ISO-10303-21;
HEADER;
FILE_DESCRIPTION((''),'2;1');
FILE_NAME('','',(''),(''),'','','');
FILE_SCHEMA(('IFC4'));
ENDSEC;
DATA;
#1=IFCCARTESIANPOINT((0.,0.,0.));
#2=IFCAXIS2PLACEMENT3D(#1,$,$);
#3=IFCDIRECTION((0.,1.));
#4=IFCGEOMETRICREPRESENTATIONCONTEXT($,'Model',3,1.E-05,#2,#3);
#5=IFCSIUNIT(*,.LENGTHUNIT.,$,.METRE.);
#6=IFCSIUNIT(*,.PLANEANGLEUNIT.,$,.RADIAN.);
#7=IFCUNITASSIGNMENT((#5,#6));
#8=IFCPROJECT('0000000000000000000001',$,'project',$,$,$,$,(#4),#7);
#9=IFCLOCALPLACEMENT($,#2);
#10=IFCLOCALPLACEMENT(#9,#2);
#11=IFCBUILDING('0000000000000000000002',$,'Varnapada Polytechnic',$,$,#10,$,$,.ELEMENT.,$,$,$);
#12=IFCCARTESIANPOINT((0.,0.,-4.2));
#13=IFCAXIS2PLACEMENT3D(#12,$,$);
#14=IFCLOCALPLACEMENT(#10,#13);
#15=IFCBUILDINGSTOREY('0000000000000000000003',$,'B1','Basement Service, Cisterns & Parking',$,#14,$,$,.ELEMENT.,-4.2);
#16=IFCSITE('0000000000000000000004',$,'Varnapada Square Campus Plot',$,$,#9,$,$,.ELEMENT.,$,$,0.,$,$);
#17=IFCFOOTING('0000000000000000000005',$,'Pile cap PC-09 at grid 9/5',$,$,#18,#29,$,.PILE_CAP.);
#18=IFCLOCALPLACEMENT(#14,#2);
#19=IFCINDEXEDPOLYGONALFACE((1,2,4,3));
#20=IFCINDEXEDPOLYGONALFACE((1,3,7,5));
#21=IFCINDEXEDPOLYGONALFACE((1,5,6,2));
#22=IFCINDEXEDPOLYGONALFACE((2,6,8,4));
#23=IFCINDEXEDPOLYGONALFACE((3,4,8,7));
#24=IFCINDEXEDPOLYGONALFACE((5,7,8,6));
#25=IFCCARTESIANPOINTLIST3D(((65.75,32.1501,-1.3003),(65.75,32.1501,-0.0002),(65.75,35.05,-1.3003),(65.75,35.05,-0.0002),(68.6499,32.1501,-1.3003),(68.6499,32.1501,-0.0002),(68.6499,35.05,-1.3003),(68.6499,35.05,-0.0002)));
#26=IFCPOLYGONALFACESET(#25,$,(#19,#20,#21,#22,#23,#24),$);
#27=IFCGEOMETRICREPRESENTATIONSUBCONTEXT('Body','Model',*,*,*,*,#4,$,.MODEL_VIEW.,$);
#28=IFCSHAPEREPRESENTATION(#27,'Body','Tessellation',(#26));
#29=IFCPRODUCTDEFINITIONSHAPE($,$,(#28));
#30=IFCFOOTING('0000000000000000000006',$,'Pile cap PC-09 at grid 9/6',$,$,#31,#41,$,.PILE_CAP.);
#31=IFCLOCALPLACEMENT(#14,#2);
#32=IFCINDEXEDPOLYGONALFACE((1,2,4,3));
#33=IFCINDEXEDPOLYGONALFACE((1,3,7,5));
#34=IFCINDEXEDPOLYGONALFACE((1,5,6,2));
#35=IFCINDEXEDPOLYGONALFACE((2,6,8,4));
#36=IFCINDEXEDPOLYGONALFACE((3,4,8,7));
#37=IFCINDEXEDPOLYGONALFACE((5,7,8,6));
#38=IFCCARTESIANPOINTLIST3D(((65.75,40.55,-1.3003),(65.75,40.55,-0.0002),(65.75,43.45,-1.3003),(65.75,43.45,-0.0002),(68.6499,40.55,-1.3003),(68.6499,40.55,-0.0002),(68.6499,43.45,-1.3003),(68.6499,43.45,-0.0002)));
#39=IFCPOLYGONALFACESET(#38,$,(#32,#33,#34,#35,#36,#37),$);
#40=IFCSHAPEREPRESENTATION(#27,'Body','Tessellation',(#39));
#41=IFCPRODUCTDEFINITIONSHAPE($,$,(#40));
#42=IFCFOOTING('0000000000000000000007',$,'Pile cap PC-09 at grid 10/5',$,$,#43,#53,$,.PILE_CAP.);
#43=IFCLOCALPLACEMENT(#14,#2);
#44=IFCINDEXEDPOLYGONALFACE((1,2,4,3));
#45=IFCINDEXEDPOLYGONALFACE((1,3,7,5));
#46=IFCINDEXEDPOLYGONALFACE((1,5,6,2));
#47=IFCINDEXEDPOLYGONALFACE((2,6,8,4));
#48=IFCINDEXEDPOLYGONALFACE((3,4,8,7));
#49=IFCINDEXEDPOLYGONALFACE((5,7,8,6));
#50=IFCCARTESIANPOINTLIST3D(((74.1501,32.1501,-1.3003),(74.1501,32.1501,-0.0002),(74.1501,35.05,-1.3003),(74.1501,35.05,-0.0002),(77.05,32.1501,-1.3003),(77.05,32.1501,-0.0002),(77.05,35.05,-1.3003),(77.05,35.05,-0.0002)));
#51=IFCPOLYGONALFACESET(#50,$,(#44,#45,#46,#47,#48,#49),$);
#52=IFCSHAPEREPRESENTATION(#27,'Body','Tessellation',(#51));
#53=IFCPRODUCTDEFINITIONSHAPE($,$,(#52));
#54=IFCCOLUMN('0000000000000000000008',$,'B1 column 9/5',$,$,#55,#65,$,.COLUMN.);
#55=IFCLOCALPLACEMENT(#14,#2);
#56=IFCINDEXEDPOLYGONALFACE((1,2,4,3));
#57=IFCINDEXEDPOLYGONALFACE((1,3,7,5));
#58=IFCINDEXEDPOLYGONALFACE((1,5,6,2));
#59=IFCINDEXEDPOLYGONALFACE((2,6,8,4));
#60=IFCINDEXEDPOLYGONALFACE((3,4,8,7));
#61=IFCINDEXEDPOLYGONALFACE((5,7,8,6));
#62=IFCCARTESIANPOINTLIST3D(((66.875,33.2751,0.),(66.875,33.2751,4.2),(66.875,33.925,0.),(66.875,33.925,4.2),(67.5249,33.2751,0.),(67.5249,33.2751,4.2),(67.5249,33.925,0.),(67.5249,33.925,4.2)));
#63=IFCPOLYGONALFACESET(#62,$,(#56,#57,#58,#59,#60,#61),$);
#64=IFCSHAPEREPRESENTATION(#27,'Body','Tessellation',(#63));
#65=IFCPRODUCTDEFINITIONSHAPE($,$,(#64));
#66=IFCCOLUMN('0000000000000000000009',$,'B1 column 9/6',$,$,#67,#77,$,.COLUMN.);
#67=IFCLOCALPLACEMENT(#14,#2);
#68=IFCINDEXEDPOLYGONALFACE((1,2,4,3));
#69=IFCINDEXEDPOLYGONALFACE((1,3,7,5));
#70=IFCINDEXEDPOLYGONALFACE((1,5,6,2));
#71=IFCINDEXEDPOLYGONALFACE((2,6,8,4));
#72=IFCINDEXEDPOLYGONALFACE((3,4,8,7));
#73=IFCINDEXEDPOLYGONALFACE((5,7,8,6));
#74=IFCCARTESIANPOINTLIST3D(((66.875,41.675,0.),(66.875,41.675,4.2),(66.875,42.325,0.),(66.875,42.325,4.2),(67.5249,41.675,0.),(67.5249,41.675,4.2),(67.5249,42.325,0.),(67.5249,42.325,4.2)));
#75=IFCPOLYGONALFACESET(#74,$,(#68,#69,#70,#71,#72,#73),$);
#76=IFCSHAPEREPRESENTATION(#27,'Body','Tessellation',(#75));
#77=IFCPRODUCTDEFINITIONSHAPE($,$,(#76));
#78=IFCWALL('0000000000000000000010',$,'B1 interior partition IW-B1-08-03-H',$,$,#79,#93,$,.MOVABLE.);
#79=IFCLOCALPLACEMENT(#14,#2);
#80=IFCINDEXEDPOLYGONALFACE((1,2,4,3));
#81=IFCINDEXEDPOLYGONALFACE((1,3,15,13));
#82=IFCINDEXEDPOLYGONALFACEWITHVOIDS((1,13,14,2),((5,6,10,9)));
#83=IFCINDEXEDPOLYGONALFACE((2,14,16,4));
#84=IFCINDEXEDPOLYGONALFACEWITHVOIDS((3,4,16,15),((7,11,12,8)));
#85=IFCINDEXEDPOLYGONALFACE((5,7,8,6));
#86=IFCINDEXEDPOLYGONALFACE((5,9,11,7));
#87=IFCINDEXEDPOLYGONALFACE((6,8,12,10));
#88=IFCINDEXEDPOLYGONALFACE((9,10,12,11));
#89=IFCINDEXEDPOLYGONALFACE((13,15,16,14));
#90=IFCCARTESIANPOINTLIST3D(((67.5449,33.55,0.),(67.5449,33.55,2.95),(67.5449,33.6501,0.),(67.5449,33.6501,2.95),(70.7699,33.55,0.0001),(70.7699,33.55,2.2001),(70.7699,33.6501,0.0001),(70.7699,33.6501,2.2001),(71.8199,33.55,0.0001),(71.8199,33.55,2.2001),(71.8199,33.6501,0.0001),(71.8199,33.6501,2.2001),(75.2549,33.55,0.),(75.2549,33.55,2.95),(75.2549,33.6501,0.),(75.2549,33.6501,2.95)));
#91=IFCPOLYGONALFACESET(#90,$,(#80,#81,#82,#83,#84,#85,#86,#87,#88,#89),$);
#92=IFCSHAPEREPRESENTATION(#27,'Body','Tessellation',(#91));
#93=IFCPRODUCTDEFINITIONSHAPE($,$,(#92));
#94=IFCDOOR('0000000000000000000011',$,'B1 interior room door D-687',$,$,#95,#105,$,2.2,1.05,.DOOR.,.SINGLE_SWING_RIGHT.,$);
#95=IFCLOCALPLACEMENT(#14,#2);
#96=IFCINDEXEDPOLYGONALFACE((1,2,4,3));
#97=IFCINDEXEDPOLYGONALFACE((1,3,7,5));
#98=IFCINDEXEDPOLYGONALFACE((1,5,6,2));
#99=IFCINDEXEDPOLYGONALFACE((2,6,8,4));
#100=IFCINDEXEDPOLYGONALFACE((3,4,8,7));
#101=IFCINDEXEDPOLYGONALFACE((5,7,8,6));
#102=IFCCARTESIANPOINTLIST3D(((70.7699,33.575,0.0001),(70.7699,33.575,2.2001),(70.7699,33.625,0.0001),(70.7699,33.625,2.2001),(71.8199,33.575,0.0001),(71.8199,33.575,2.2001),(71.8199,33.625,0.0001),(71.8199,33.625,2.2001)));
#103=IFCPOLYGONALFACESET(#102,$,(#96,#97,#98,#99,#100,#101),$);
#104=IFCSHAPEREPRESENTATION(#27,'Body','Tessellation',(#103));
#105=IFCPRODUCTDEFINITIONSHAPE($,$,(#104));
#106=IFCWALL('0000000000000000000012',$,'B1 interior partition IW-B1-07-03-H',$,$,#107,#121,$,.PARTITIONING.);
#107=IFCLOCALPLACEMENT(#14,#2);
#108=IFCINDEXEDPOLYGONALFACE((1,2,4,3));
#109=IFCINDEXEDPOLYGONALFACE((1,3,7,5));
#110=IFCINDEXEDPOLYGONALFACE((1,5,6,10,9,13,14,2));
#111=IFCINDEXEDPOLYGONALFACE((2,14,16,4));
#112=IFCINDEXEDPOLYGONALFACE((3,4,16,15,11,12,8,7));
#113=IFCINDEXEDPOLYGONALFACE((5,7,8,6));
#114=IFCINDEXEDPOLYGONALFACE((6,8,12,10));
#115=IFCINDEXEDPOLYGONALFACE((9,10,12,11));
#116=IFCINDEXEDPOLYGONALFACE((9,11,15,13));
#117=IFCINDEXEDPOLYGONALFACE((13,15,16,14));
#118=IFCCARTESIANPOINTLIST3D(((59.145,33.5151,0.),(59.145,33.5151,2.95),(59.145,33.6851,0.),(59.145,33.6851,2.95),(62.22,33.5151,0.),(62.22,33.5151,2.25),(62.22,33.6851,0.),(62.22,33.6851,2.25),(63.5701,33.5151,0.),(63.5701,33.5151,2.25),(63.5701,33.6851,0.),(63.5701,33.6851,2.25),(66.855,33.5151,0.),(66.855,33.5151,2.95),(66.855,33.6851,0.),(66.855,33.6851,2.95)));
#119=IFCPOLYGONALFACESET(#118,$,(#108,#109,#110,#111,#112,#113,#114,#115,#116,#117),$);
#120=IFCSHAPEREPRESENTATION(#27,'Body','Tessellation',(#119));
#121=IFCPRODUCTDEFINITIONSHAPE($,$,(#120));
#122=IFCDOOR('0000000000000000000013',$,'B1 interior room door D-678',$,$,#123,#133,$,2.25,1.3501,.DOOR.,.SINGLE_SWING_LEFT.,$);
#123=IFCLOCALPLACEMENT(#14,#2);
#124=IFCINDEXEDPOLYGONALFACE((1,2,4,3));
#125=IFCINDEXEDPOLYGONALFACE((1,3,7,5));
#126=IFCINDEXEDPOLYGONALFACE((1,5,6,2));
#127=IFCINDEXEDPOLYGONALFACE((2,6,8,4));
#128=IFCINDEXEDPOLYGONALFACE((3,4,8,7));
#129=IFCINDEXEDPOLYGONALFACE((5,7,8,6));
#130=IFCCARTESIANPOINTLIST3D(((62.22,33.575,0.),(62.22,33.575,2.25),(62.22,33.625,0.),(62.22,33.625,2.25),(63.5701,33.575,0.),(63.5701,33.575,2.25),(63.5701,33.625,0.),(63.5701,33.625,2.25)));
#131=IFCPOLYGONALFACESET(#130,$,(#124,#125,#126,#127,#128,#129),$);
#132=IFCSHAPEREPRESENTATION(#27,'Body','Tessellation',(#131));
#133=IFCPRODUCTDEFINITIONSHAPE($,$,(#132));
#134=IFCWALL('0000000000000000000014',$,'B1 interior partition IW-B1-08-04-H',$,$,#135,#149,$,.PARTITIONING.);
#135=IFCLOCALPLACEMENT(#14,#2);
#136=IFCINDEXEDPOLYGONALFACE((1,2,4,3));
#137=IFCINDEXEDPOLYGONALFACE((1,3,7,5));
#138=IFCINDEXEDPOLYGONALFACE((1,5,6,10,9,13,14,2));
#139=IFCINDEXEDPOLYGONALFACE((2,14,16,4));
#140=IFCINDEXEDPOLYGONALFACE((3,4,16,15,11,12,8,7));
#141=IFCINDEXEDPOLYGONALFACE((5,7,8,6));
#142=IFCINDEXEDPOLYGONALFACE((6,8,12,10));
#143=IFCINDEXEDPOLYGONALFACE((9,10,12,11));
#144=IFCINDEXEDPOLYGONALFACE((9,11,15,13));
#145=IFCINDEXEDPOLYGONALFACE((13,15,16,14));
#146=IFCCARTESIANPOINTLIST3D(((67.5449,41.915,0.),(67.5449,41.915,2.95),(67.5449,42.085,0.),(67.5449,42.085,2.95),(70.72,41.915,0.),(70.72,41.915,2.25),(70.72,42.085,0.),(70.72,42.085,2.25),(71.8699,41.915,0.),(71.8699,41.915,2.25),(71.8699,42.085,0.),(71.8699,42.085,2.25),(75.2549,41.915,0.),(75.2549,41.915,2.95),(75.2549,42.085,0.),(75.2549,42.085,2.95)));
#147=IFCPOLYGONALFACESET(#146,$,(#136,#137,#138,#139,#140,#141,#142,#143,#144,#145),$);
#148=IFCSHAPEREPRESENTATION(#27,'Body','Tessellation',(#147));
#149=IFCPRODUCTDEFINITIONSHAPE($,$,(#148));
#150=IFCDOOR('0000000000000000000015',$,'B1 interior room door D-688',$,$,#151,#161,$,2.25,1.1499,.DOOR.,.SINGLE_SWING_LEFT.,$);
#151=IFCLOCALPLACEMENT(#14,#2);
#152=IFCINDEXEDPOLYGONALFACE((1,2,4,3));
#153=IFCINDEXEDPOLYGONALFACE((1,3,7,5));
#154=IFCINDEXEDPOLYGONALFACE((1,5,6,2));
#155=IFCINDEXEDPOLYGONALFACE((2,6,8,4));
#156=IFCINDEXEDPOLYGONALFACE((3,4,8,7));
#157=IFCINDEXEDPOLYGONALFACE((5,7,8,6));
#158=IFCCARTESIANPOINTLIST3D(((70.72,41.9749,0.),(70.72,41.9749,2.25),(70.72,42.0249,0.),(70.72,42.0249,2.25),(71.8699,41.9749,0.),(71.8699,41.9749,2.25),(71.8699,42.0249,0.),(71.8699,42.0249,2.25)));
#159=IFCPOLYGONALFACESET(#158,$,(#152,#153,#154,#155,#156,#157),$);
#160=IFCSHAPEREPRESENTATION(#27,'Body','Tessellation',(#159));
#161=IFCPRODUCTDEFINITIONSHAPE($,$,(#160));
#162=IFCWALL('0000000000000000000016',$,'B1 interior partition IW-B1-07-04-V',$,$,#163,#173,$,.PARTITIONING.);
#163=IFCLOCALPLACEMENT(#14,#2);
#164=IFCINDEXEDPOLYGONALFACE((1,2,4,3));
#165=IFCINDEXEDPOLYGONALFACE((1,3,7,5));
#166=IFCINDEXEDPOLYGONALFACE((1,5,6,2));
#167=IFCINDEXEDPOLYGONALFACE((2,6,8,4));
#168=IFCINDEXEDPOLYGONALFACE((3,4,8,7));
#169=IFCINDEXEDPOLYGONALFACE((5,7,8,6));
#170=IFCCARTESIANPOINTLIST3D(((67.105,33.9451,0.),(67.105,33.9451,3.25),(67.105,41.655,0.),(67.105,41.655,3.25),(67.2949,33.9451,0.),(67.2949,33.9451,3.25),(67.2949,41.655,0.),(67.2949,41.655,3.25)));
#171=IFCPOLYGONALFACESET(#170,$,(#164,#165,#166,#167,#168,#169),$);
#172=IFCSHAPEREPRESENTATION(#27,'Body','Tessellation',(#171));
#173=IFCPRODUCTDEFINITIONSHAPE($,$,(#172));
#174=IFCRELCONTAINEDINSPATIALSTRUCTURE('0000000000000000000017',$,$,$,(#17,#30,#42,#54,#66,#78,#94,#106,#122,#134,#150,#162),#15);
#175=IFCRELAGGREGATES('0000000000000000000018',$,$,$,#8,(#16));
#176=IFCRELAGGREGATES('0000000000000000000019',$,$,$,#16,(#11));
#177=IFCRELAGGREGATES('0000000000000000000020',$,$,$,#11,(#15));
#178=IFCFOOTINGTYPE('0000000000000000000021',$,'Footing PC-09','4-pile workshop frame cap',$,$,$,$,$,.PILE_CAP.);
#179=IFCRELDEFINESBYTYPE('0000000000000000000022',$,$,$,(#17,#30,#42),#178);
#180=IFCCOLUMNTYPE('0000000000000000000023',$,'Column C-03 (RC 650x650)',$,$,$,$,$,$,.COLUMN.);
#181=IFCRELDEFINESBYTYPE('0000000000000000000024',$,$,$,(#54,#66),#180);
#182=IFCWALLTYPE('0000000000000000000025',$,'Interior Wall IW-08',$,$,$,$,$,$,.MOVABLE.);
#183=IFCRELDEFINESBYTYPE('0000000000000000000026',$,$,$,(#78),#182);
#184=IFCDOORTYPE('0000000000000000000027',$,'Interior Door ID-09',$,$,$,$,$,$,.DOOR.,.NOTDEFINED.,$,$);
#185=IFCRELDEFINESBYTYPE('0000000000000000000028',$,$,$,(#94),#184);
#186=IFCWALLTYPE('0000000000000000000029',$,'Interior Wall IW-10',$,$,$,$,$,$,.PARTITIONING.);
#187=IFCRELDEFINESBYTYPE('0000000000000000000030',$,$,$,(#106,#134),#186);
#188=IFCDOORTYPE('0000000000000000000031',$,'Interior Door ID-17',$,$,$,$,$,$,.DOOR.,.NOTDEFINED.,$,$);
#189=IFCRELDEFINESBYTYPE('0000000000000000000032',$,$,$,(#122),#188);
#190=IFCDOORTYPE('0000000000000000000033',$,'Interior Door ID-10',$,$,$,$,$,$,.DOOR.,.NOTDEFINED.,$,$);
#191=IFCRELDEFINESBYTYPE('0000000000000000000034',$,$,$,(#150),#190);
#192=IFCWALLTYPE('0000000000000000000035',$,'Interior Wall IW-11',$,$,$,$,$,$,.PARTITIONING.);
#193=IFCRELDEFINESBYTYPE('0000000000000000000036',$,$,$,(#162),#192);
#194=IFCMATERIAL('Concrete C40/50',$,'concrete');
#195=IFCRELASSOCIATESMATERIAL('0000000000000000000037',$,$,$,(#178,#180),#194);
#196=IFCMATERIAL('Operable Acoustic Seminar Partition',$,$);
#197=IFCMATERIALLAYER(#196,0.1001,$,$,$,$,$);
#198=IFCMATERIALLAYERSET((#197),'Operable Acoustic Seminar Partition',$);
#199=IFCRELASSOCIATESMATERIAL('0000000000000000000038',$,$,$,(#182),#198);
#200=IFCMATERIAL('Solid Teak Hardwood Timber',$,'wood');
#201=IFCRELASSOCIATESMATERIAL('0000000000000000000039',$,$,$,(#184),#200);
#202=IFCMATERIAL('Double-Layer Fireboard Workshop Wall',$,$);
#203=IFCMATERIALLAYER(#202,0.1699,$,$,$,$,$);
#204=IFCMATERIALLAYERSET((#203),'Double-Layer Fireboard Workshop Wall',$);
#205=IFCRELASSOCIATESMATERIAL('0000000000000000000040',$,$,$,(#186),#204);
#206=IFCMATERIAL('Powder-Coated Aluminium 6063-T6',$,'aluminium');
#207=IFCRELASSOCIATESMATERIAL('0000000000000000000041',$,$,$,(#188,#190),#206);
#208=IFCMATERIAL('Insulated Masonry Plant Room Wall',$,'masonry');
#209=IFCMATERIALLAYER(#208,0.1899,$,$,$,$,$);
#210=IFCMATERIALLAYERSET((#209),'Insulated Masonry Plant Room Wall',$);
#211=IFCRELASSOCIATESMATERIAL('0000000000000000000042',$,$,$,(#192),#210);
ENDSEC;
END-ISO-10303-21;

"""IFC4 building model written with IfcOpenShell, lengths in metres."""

from ifc_helpers import new_model, si_unit, direction, frame, frame_2d, origin, origin_2d, place, context, subcontext, project, spatial, rectangle, extrude, material, layer, layer_set, material_profile, profile_set, type_object, element, fill, save


model = new_model("IFC4")

# Units and contexts
model_context = context("Model", 3, precision=1e-05, world=origin(), true_north=direction((0.0, 1.0)))
body_context = subcontext(model_context, "Body", "Model", "MODEL_VIEW")
ifc_project = project(units=[si_unit("LENGTHUNIT", "METRE"), si_unit("PLANEANGLEUNIT", "RADIAN")], contexts=[model_context])

# Site, building, storey
site_placement = place(None, origin())
site = spatial("IfcSite", under=ifc_project, at=site_placement, Name="Varnapada Square Campus Plot", CompositionType="ELEMENT", RefElevation=0.0)
building_placement = place(site_placement, origin())
building = spatial("IfcBuilding", under=site, at=building_placement, Name="Varnapada Polytechnic", CompositionType="ELEMENT")
storey_placement = place(building_placement, frame((0.0, 0.0, -4.2)))
storey = spatial("IfcBuildingStorey", under=building, at=storey_placement, Name="B1", Description="Basement Service, Cisterns & Parking", CompositionType="ELEMENT", Elevation=-4.2)

# Shared definitions
ifc_material_1 = material(Name="Concrete C40/50", Category="concrete")

# Footings
footing_type_1 = type_object("IfcFootingType", Name="Footing PC-09", Description="4-pile workshop frame cap", PredefinedType="PILE_CAP", material=ifc_material_1)
for number, where, z_axis, x_axis, name in (
    (1, (67.2, 33.6001, -1.3003), (0.0, 0.0, 1.0), (1.0, 0.0, 0.0), "Pile cap PC-09 at grid 9/5"),
    (2, (67.2, 42.0, -1.3003), (0.0, 0.0, 1.0), (1.0, 0.0, 0.0), "Pile cap PC-09 at grid 9/6"),
    (3, (75.6001, 33.6001, -1.3003), (0.0, 0.0, 1.0), (1.0, 0.0, 0.0), "Pile cap PC-09 at grid 10/5"),
):
    element("IfcFooting", number, at=place(storey_placement, frame(where, z_axis=z_axis, x_axis=x_axis)), inside=storey, type_object=footing_type_1, Name=name, PredefinedType="PILE_CAP", context=body_context, shape_type="SweptSolid", body=[
        extrude(rectangle(XDim=2.8999, YDim=2.8999, at=origin_2d()), origin(), (0.0, 0.0, 1.0), 1.3),
    ])

# Columns
ifc_material_profile_1 = material_profile(ifc_material_1, rectangle(XDim=0.6499, YDim=0.6499, at=origin_2d()), Name="RC 650x650")
ifc_profile_set_1 = profile_set([ifc_material_profile_1], Name="Concrete C40/50")
column_type = type_object("IfcColumnType", Name="Column C-03 (RC 650x650)", PredefinedType="COLUMN", material=ifc_profile_set_1)
for number, where, z_axis, x_axis, name in (
    (4, (67.2, 33.6001, 0.0), (0.0, 0.0, 1.0), (1.0, 0.0, 0.0), "B1 column 9/5"),
    (5, (67.2, 42.0, 0.0), (0.0, 0.0, 1.0), (1.0, 0.0, 0.0), "B1 column 9/6"),
):
    element("IfcColumn", number, at=place(storey_placement, frame(where, z_axis=z_axis, x_axis=x_axis)), inside=storey, type_object=column_type, Name=name, PredefinedType="COLUMN", context=body_context, shape_type="SweptSolid", body=[
        extrude(rectangle(XDim=0.6499, YDim=0.6499, at=origin_2d()), origin(), (0.0, 0.0, 1.0), 4.2),
    ])

# Walls, openings, doors
ifc_material_2 = material(Name="Operable Acoustic Seminar Partition")
ifc_layer_1 = layer(ifc_material_2, 0.1001)
ifc_layer_set_1 = layer_set([ifc_layer_1], Name="Operable Acoustic Seminar Partition")
wall_type_1 = type_object("IfcWallType", Name="Interior Wall IW-08", PredefinedType="MOVABLE", material=ifc_layer_set_1)
wall_1_placement = place(storey_placement, frame((67.5449, 33.6001, 0.0), z_axis=(0.0, 0.0, 1.0), x_axis=(1.0, 0.0, 0.0)))
wall_1 = element("IfcWall", 6, at=wall_1_placement, inside=storey, type_object=wall_type_1, Name="B1 interior partition IW-B1-08-03-H", PredefinedType="MOVABLE", context=body_context, shape_type="SweptSolid", body=[
    extrude(rectangle(XDim=7.71, YDim=0.1001, at=frame_2d((3.855, 0.0))), origin(), (0.0, 0.0, 1.0), 2.95),
])
opening_1_placement = place(wall_1_placement, frame((3.2251, 0.0, 0.0)))
opening_1 = element("IfcOpeningElement", 7, at=opening_1_placement, cuts=wall_1, PredefinedType="OPENING", context=body_context, shape_type="SweptSolid", body=[
    extrude(rectangle(XDim=1.05, YDim=2.2, at=frame_2d((0.5249, 1.1001))), frame((0.0, 0.0601, 0.0), z_axis=(0.0, -1.0, 0.0), x_axis=(1.0, 0.0, 0.0)), (0.0, 0.0, 1.0), 0.1201),
])
ifc_material_3 = material(Name="Solid Teak Hardwood Timber", Category="wood")
door_type_1 = type_object("IfcDoorType", Name="Interior Door ID-09", OperationType="NOTDEFINED", PredefinedType="DOOR", material=ifc_material_3)
door_1_placement = place(opening_1_placement, origin())
door_1 = element("IfcDoor", 8, at=door_1_placement, inside=storey, type_object=door_type_1, Name="B1 interior room door D-687", OperationType="SINGLE_SWING_RIGHT", OverallHeight=2.2, OverallWidth=1.05, PredefinedType="DOOR", context=body_context, shape_type="SweptSolid", body=[
    extrude(rectangle(XDim=1.05, YDim=2.2, at=frame_2d((0.5249, 1.1001))), frame((0.0, 0.0249, 0.0), z_axis=(0.0, -1.0, 0.0), x_axis=(1.0, 0.0, 0.0)), (0.0, 0.0, 1.0), 0.05),
])
fill(opening_1, door_1)
ifc_material_4 = material(Name="Double-Layer Fireboard Workshop Wall")
ifc_layer_2 = layer(ifc_material_4, 0.1699)
ifc_layer_set_2 = layer_set([ifc_layer_2], Name="Double-Layer Fireboard Workshop Wall")
wall_type_2 = type_object("IfcWallType", Name="Interior Wall IW-10", PredefinedType="PARTITIONING", material=ifc_layer_set_2)
wall_2_placement = place(storey_placement, frame((59.145, 33.6001, 0.0), z_axis=(0.0, 0.0, 1.0), x_axis=(1.0, 0.0, 0.0)))
wall_2 = element("IfcWall", 9, at=wall_2_placement, inside=storey, type_object=wall_type_2, Name="B1 interior partition IW-B1-07-03-H", PredefinedType="PARTITIONING", context=body_context, shape_type="SweptSolid", body=[
    extrude(rectangle(XDim=7.71, YDim=0.1699, at=frame_2d((3.855, 0.0))), origin(), (0.0, 0.0, 1.0), 2.95),
])
opening_2_placement = place(wall_2_placement, frame((3.075, 0.0, 0.0)))
opening_2 = element("IfcOpeningElement", 10, at=opening_2_placement, cuts=wall_2, PredefinedType="OPENING", context=body_context, shape_type="SweptSolid", body=[
    extrude(rectangle(XDim=1.3501, YDim=2.25, at=frame_2d((0.675, 1.125))), frame((0.0, 0.095, 0.0), z_axis=(0.0, -1.0, 0.0), x_axis=(1.0, 0.0, 0.0)), (0.0, 0.0, 1.0), 0.1899),
])
ifc_material_5 = material(Name="Powder-Coated Aluminium 6063-T6", Category="aluminium")
door_type_2 = type_object("IfcDoorType", Name="Interior Door ID-17", OperationType="NOTDEFINED", PredefinedType="DOOR", material=ifc_material_5)
door_2_placement = place(opening_2_placement, origin())
door_2 = element("IfcDoor", 11, at=door_2_placement, inside=storey, type_object=door_type_2, Name="B1 interior room door D-678", OperationType="SINGLE_SWING_LEFT", OverallHeight=2.25, OverallWidth=1.3501, PredefinedType="DOOR", context=body_context, shape_type="SweptSolid", body=[
    extrude(rectangle(XDim=1.3501, YDim=2.25, at=frame_2d((0.675, 1.125))), frame((0.0, 0.0249, 0.0), z_axis=(0.0, -1.0, 0.0), x_axis=(1.0, 0.0, 0.0)), (0.0, 0.0, 1.0), 0.05),
])
fill(opening_2, door_2)
wall_3_placement = place(storey_placement, frame((67.5449, 42.0, 0.0), z_axis=(0.0, 0.0, 1.0), x_axis=(1.0, 0.0, 0.0)))
wall_3 = element("IfcWall", 12, at=wall_3_placement, inside=storey, type_object=wall_type_2, Name="B1 interior partition IW-B1-08-04-H", PredefinedType="PARTITIONING", context=body_context, shape_type="SweptSolid", body=[
    extrude(rectangle(XDim=7.71, YDim=0.1699, at=frame_2d((3.855, 0.0))), origin(), (0.0, 0.0, 1.0), 2.95),
])
opening_3_placement = place(wall_3_placement, frame((3.175, 0.0, 0.0)))
opening_3 = element("IfcOpeningElement", 13, at=opening_3_placement, cuts=wall_3, PredefinedType="OPENING", context=body_context, shape_type="SweptSolid", body=[
    extrude(rectangle(XDim=1.1499, YDim=2.25, at=frame_2d((0.575, 1.125))), frame((0.0, 0.095, 0.0), z_axis=(0.0, -1.0, 0.0), x_axis=(1.0, 0.0, 0.0)), (0.0, 0.0, 1.0), 0.1899),
])
door_type_3 = type_object("IfcDoorType", Name="Interior Door ID-10", OperationType="NOTDEFINED", PredefinedType="DOOR", material=ifc_material_5)
door_3_placement = place(opening_3_placement, origin())
door_3 = element("IfcDoor", 14, at=door_3_placement, inside=storey, type_object=door_type_3, Name="B1 interior room door D-688", OperationType="SINGLE_SWING_LEFT", OverallHeight=2.25, OverallWidth=1.1499, PredefinedType="DOOR", context=body_context, shape_type="SweptSolid", body=[
    extrude(rectangle(XDim=1.1499, YDim=2.25, at=frame_2d((0.575, 1.125))), frame((0.0, 0.0249, 0.0), z_axis=(0.0, -1.0, 0.0), x_axis=(1.0, 0.0, 0.0)), (0.0, 0.0, 1.0), 0.05),
])
fill(opening_3, door_3)

# Wall
ifc_material_6 = material(Name="Insulated Masonry Plant Room Wall", Category="masonry")
ifc_layer_3 = layer(ifc_material_6, 0.1899)
ifc_layer_set_3 = layer_set([ifc_layer_3], Name="Insulated Masonry Plant Room Wall")
wall_type_3 = type_object("IfcWallType", Name="Interior Wall IW-11", PredefinedType="PARTITIONING", material=ifc_layer_set_3)
wall_4_placement = place(storey_placement, frame((67.2, 33.9451, 0.0), z_axis=(0.0, 0.0, 1.0), x_axis=(0.0, 1.0, 0.0)))
element("IfcWall", 15, at=wall_4_placement, inside=storey, type_object=wall_type_3, Name="B1 interior partition IW-B1-07-04-V", PredefinedType="PARTITIONING", context=body_context, shape_type="SweptSolid", body=[
    extrude(rectangle(XDim=7.71, YDim=0.1899, at=frame_2d((3.855, 0.0))), origin(), (0.0, 0.0, 1.0), 3.25),
])

save(model, "model.ifc")
